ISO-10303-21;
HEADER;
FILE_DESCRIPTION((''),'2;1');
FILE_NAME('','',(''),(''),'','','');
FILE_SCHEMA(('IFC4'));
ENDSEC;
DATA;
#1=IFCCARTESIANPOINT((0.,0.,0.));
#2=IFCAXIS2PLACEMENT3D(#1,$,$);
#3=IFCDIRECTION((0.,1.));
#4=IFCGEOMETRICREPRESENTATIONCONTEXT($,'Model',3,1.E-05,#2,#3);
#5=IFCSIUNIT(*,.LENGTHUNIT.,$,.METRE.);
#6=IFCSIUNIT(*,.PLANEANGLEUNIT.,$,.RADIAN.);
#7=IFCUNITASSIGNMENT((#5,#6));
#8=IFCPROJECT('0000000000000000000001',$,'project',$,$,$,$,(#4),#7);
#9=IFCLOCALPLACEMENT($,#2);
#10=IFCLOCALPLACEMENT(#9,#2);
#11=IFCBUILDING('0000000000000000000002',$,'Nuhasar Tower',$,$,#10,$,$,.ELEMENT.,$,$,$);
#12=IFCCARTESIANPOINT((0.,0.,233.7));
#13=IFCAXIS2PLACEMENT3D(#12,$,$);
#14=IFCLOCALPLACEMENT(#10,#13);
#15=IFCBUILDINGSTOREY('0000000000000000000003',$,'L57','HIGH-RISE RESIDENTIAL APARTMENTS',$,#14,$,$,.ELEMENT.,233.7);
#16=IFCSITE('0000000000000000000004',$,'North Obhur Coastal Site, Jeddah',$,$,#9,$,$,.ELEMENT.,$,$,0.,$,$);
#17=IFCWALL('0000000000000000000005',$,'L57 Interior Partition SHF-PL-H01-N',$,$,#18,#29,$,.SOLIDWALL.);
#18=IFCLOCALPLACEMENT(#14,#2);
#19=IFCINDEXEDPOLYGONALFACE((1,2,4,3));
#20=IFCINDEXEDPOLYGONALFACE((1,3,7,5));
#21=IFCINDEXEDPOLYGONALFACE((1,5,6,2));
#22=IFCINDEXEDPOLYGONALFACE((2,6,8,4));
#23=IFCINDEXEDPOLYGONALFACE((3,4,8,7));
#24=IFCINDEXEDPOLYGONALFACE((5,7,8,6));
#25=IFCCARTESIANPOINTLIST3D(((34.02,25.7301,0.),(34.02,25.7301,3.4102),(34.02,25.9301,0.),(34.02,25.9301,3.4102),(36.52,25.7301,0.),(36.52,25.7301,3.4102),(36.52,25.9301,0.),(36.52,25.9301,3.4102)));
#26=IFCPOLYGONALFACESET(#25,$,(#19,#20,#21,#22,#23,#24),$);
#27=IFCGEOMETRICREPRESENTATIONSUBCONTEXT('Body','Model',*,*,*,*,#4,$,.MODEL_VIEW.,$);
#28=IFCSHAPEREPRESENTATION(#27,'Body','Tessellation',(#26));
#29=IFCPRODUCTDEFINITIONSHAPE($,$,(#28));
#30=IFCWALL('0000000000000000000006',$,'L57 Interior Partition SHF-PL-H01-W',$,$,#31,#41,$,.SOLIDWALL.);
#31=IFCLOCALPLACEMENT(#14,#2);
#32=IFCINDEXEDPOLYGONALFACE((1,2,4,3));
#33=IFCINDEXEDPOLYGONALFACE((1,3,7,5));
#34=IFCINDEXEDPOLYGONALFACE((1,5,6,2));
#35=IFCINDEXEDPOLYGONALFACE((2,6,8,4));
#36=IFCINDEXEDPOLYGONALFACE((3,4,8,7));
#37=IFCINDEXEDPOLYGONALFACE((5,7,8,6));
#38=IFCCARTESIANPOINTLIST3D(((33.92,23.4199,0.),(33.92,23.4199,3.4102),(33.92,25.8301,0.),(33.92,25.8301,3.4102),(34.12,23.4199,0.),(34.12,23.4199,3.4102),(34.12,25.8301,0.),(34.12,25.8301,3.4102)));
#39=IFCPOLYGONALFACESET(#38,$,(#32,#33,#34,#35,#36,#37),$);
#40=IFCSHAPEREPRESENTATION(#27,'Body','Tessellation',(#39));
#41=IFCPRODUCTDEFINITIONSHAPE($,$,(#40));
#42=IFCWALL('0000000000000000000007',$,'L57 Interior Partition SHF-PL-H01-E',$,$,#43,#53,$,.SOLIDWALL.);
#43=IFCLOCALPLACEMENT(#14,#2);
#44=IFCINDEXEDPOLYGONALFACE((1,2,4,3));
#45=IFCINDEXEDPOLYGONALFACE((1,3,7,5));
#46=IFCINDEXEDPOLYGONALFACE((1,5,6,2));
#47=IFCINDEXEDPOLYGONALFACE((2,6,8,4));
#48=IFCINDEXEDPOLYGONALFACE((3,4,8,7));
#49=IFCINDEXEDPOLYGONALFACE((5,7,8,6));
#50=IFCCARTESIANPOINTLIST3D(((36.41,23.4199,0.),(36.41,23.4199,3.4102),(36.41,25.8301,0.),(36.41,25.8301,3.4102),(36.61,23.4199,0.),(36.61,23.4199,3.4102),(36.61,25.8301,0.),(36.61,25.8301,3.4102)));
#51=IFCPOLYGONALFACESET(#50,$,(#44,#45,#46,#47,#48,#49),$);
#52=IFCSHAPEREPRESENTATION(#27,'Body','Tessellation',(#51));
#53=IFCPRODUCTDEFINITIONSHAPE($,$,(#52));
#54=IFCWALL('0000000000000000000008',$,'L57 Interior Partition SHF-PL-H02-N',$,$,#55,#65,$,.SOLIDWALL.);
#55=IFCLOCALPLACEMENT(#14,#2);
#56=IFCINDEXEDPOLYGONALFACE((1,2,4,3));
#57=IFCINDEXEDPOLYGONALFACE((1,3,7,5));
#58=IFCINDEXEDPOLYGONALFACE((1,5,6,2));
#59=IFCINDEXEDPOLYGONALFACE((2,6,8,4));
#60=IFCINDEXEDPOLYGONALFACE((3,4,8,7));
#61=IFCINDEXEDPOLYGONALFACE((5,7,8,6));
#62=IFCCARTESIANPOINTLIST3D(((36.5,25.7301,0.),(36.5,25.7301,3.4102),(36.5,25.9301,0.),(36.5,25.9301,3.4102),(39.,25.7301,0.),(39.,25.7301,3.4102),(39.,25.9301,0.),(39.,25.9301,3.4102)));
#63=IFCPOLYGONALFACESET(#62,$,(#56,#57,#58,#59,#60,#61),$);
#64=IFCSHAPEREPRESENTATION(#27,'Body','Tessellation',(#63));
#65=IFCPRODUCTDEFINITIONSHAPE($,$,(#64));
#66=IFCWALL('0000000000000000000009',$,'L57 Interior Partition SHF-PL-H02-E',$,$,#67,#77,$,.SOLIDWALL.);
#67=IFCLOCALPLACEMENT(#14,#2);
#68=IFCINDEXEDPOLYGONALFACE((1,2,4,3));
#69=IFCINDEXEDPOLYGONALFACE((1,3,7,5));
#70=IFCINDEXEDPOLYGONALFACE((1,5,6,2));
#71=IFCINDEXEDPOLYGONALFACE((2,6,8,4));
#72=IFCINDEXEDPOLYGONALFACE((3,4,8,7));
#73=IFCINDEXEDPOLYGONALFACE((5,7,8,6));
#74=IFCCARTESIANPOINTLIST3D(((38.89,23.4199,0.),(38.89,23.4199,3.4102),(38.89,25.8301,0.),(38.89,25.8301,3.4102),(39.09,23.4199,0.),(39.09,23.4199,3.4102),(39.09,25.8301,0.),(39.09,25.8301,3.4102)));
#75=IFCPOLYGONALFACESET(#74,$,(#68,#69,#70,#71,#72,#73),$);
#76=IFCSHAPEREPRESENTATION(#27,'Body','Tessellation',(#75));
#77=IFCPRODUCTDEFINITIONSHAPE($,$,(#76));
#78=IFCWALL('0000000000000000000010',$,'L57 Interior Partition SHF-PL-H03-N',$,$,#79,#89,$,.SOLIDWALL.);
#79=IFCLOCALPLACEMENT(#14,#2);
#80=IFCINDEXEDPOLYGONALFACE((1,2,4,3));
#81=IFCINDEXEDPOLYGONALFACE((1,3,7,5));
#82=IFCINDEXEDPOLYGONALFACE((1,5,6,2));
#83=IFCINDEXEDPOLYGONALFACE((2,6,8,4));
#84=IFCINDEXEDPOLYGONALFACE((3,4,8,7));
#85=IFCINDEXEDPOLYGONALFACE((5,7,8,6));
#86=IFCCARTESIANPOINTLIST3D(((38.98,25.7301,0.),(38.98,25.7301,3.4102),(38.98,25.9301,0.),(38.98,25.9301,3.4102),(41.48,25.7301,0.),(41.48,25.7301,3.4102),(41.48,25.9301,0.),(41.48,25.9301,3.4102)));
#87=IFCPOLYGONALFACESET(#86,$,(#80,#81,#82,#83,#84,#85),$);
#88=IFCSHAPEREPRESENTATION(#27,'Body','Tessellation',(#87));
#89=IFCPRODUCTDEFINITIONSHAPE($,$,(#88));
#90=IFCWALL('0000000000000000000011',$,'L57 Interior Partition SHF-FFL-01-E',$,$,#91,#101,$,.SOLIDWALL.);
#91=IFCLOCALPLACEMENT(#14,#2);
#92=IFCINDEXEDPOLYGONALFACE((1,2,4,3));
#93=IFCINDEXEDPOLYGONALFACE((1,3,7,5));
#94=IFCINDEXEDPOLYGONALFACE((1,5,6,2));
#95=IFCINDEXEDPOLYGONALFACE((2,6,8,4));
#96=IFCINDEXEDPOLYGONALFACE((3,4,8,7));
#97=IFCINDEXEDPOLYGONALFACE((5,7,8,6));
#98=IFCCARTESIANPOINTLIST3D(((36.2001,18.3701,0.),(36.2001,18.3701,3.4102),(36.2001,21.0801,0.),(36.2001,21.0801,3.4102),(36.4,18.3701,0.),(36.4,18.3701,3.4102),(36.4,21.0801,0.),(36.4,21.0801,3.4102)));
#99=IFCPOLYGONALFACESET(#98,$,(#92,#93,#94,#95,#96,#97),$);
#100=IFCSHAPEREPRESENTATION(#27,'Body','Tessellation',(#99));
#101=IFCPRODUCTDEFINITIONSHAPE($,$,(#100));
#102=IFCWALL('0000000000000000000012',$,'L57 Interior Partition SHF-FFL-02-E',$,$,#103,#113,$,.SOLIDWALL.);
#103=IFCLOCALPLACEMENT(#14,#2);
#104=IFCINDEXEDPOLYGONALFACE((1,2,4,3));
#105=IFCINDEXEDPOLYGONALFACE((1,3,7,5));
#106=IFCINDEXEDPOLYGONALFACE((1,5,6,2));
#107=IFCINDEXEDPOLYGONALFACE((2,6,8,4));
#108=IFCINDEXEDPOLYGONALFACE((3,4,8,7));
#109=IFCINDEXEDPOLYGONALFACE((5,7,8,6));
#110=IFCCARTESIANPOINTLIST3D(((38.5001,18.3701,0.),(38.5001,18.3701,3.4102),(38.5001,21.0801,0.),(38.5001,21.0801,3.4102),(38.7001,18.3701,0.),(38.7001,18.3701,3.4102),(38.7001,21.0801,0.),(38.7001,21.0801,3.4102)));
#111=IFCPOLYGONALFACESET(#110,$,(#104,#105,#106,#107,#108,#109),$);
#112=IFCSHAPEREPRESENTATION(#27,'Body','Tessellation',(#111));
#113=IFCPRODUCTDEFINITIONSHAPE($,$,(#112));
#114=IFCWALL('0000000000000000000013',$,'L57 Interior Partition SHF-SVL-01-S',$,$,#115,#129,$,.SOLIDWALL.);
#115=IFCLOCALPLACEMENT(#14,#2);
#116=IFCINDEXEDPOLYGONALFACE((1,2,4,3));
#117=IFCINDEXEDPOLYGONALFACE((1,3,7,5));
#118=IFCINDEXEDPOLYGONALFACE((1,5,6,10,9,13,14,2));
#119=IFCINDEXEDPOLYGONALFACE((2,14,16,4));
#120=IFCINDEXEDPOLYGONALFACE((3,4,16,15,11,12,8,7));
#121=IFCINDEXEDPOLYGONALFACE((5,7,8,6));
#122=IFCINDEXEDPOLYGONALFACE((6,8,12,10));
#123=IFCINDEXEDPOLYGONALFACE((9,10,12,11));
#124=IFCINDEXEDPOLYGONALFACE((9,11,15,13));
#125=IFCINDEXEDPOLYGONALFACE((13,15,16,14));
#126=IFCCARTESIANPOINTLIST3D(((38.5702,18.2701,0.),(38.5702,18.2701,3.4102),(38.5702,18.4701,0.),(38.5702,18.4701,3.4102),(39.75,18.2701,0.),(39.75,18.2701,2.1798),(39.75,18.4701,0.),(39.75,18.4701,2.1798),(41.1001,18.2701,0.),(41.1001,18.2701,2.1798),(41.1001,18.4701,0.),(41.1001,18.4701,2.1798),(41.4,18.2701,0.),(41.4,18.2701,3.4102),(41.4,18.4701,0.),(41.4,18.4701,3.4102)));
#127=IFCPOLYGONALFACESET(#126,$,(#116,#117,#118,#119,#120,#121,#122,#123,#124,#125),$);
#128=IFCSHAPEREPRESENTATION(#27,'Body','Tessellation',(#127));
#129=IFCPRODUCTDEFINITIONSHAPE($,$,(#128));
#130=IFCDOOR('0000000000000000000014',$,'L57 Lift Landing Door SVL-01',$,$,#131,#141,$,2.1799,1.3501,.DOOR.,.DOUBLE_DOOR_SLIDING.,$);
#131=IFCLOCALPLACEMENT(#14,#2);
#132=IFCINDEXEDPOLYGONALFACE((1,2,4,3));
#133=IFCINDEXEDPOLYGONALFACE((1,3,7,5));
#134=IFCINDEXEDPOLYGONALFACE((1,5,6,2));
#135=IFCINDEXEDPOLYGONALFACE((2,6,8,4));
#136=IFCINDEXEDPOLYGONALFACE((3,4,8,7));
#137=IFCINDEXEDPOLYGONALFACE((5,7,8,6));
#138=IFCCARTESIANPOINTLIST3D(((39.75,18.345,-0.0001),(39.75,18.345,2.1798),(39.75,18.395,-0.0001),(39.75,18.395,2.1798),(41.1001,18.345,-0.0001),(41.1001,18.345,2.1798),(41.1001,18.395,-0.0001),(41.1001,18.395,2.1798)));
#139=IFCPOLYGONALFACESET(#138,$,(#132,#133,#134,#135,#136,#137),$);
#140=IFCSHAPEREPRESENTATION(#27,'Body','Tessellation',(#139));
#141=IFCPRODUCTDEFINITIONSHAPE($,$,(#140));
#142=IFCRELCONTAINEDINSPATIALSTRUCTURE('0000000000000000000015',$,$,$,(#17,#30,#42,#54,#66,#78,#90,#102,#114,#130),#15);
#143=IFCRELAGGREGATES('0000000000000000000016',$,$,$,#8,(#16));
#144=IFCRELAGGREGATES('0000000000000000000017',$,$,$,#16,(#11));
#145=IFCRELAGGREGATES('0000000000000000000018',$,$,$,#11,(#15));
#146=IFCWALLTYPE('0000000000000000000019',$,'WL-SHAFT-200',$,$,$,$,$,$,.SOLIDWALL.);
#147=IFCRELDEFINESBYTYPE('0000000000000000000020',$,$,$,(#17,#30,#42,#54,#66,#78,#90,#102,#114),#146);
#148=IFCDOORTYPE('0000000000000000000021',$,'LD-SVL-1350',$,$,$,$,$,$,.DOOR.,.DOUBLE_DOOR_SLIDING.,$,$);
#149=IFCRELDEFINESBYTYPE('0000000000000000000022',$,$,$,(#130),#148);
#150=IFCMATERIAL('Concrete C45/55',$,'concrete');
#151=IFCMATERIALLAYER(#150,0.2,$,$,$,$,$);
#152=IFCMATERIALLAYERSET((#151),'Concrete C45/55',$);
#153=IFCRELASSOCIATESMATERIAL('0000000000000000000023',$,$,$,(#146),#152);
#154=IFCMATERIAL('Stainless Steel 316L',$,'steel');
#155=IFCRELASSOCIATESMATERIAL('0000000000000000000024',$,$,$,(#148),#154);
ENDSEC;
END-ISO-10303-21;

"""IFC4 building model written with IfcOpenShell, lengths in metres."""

from ifc_helpers import new_model, si_unit, direction, frame, frame_2d, origin, place, context, subcontext, project, spatial, rectangle, extrude, material, layer, layer_set, type_object, element, fill, save


model = new_model("IFC4")

# Units and contexts
model_context = context("Model", 3, precision=1e-05, world=origin(), true_north=direction((0.0, 1.0)))
body_context = subcontext(model_context, "Body", "Model", "MODEL_VIEW")
ifc_project = project(units=[si_unit("LENGTHUNIT", "METRE"), si_unit("PLANEANGLEUNIT", "RADIAN")], contexts=[model_context])

# Site, building, storey
site_placement = place(None, origin())
site = spatial("IfcSite", under=ifc_project, at=site_placement, Name="North Obhur Coastal Site, Jeddah", CompositionType="ELEMENT", RefElevation=0.0)
building_placement = place(site_placement, origin())
building = spatial("IfcBuilding", under=site, at=building_placement, Name="Nuhasar Tower", CompositionType="ELEMENT")
storey_placement = place(building_placement, frame((0.0, 0.0, 233.7)))
storey = spatial("IfcBuildingStorey", under=building, at=storey_placement, Name="L57", Description="HIGH-RISE RESIDENTIAL APARTMENTS", CompositionType="ELEMENT", Elevation=233.7)

# Shared definitions
ifc_material_1 = material(Name="Concrete C45/55", Category="concrete")

# Shared definitions
ifc_layer_1 = layer(ifc_material_1, 0.2)
ifc_layer_set_1 = layer_set([ifc_layer_1], Name="Concrete C45/55")
wall_type_1 = type_object("IfcWallType", Name="WL-SHAFT-200", PredefinedType="SOLIDWALL", material=ifc_layer_set_1)
ifc_material_2 = material(Name="Stainless Steel 316L", Category="steel")

# Walls
wall_1_placement = place(storey_placement, frame((34.02, 25.8301, 0.0), z_axis=(0.0, 0.0, 1.0), x_axis=(1.0, 0.0, 0.0)))
element("IfcWall", 1, at=wall_1_placement, inside=storey, type_object=wall_type_1, Name="L57 Interior Partition SHF-PL-H01-N", PredefinedType="SOLIDWALL", context=body_context, shape_type="SweptSolid", body=[
    extrude(rectangle(XDim=2.5, YDim=0.2, at=frame_2d((1.25, 0.0))), origin(), (0.0, 0.0, 1.0), 3.4102),
])
for number, where, z_axis, x_axis, name in (
    (2, (34.02, 23.4199, 0.0), (0.0, 0.0, 1.0), (0.0, 1.0, 0.0), "L57 Interior Partition SHF-PL-H01-W"),
    (3, (36.51, 23.4199, 0.0), (0.0, 0.0, 1.0), (0.0, 1.0, 0.0), "L57 Interior Partition SHF-PL-H01-E"),
):
    element("IfcWall", number, at=place(storey_placement, frame(where, z_axis=z_axis, x_axis=x_axis)), inside=storey, type_object=wall_type_1, Name=name, PredefinedType="SOLIDWALL", context=body_context, shape_type="SweptSolid", body=[
        extrude(rectangle(XDim=2.4102, YDim=0.2, at=frame_2d((1.2051, 0.0))), origin(), (0.0, 0.0, 1.0), 3.4102),
    ])

# Walls
wall_2_placement = place(storey_placement, frame((36.5, 25.8301, 0.0), z_axis=(0.0, 0.0, 1.0), x_axis=(1.0, 0.0, 0.0)))
element("IfcWall", 4, at=wall_2_placement, inside=storey, type_object=wall_type_1, Name="L57 Interior Partition SHF-PL-H02-N", PredefinedType="SOLIDWALL", context=body_context, shape_type="SweptSolid", body=[
    extrude(rectangle(XDim=2.5, YDim=0.2, at=frame_2d((1.25, 0.0))), origin(), (0.0, 0.0, 1.0), 3.4102),
])
wall_3_placement = place(storey_placement, frame((38.99, 23.4199, 0.0), z_axis=(0.0, 0.0, 1.0), x_axis=(0.0, 1.0, 0.0)))
element("IfcWall", 5, at=wall_3_placement, inside=storey, type_object=wall_type_1, Name="L57 Interior Partition SHF-PL-H02-E", PredefinedType="SOLIDWALL", context=body_context, shape_type="SweptSolid", body=[
    extrude(rectangle(XDim=2.4102, YDim=0.2, at=frame_2d((1.2051, 0.0))), origin(), (0.0, 0.0, 1.0), 3.4102),
])

# Walls
wall_4_placement = place(storey_placement, frame((38.98, 25.8301, 0.0), z_axis=(0.0, 0.0, 1.0), x_axis=(1.0, 0.0, 0.0)))
element("IfcWall", 6, at=wall_4_placement, inside=storey, type_object=wall_type_1, Name="L57 Interior Partition SHF-PL-H03-N", PredefinedType="SOLIDWALL", context=body_context, shape_type="SweptSolid", body=[
    extrude(rectangle(XDim=2.5, YDim=0.2, at=frame_2d((1.25, 0.0))), origin(), (0.0, 0.0, 1.0), 3.4102),
])
for number, where, z_axis, x_axis, name in (
    (7, (36.3, 18.3701, 0.0), (0.0, 0.0, 1.0), (0.0, 1.0, 0.0), "L57 Interior Partition SHF-FFL-01-E"),
    (8, (38.6001, 18.3701, 0.0), (0.0, 0.0, 1.0), (0.0, 1.0, 0.0), "L57 Interior Partition SHF-FFL-02-E"),
):
    element("IfcWall", number, at=place(storey_placement, frame(where, z_axis=z_axis, x_axis=x_axis)), inside=storey, type_object=wall_type_1, Name=name, PredefinedType="SOLIDWALL", context=body_context, shape_type="SweptSolid", body=[
        extrude(rectangle(XDim=2.71, YDim=0.2, at=frame_2d((1.355, 0.0))), origin(), (0.0, 0.0, 1.0), 3.4102),
    ])

# Wall, opening, door
wall_5_placement = place(storey_placement, frame((38.5701, 18.3701, 0.0), z_axis=(0.0, 0.0, 1.0), x_axis=(1.0, 0.0, 0.0)))
wall_5 = element("IfcWall", 9, at=wall_5_placement, inside=storey, type_object=wall_type_1, Name="L57 Interior Partition SHF-SVL-01-S", PredefinedType="SOLIDWALL", context=body_context, shape_type="SweptSolid", body=[
    extrude(rectangle(XDim=2.8298, YDim=0.2, at=frame_2d((1.415, 0.0))), origin(), (0.0, 0.0, 1.0), 3.4102),
])
opening_1_placement = place(wall_5_placement, frame((1.1799, 0.0, 0.0)))
opening_1 = element("IfcOpeningElement", 10, at=opening_1_placement, cuts=wall_5, PredefinedType="OPENING", context=body_context, shape_type="SweptSolid", body=[
    extrude(rectangle(XDim=1.3501, YDim=2.1799, at=frame_2d((0.675, 1.0898))), frame((0.0, 0.1099, 0.0), z_axis=(0.0, -1.0, 0.0), x_axis=(1.0, 0.0, 0.0)), (0.0, 0.0, 1.0), 0.22),
])
door_type_1 = type_object("IfcDoorType", Name="LD-SVL-1350", OperationType="DOUBLE_DOOR_SLIDING", PredefinedType="DOOR", material=ifc_material_2)
door_1_placement = place(opening_1_placement, origin())
door_1 = element("IfcDoor", 11, at=door_1_placement, inside=storey, type_object=door_type_1, Name="L57 Lift Landing Door SVL-01", OperationType="DOUBLE_DOOR_SLIDING", OverallHeight=2.1799, OverallWidth=1.3501, PredefinedType="DOOR", context=body_context, shape_type="SweptSolid", body=[
    extrude(rectangle(XDim=1.3501, YDim=2.1799, at=frame_2d((0.675, 1.0898))), frame((0.0, 0.0249, 0.0), z_axis=(0.0, -1.0, 0.0), x_axis=(1.0, 0.0, 0.0)), (0.0, 0.0, 1.0), 0.05),
])
fill(opening_1, door_1)

save(model, "model.ifc")
